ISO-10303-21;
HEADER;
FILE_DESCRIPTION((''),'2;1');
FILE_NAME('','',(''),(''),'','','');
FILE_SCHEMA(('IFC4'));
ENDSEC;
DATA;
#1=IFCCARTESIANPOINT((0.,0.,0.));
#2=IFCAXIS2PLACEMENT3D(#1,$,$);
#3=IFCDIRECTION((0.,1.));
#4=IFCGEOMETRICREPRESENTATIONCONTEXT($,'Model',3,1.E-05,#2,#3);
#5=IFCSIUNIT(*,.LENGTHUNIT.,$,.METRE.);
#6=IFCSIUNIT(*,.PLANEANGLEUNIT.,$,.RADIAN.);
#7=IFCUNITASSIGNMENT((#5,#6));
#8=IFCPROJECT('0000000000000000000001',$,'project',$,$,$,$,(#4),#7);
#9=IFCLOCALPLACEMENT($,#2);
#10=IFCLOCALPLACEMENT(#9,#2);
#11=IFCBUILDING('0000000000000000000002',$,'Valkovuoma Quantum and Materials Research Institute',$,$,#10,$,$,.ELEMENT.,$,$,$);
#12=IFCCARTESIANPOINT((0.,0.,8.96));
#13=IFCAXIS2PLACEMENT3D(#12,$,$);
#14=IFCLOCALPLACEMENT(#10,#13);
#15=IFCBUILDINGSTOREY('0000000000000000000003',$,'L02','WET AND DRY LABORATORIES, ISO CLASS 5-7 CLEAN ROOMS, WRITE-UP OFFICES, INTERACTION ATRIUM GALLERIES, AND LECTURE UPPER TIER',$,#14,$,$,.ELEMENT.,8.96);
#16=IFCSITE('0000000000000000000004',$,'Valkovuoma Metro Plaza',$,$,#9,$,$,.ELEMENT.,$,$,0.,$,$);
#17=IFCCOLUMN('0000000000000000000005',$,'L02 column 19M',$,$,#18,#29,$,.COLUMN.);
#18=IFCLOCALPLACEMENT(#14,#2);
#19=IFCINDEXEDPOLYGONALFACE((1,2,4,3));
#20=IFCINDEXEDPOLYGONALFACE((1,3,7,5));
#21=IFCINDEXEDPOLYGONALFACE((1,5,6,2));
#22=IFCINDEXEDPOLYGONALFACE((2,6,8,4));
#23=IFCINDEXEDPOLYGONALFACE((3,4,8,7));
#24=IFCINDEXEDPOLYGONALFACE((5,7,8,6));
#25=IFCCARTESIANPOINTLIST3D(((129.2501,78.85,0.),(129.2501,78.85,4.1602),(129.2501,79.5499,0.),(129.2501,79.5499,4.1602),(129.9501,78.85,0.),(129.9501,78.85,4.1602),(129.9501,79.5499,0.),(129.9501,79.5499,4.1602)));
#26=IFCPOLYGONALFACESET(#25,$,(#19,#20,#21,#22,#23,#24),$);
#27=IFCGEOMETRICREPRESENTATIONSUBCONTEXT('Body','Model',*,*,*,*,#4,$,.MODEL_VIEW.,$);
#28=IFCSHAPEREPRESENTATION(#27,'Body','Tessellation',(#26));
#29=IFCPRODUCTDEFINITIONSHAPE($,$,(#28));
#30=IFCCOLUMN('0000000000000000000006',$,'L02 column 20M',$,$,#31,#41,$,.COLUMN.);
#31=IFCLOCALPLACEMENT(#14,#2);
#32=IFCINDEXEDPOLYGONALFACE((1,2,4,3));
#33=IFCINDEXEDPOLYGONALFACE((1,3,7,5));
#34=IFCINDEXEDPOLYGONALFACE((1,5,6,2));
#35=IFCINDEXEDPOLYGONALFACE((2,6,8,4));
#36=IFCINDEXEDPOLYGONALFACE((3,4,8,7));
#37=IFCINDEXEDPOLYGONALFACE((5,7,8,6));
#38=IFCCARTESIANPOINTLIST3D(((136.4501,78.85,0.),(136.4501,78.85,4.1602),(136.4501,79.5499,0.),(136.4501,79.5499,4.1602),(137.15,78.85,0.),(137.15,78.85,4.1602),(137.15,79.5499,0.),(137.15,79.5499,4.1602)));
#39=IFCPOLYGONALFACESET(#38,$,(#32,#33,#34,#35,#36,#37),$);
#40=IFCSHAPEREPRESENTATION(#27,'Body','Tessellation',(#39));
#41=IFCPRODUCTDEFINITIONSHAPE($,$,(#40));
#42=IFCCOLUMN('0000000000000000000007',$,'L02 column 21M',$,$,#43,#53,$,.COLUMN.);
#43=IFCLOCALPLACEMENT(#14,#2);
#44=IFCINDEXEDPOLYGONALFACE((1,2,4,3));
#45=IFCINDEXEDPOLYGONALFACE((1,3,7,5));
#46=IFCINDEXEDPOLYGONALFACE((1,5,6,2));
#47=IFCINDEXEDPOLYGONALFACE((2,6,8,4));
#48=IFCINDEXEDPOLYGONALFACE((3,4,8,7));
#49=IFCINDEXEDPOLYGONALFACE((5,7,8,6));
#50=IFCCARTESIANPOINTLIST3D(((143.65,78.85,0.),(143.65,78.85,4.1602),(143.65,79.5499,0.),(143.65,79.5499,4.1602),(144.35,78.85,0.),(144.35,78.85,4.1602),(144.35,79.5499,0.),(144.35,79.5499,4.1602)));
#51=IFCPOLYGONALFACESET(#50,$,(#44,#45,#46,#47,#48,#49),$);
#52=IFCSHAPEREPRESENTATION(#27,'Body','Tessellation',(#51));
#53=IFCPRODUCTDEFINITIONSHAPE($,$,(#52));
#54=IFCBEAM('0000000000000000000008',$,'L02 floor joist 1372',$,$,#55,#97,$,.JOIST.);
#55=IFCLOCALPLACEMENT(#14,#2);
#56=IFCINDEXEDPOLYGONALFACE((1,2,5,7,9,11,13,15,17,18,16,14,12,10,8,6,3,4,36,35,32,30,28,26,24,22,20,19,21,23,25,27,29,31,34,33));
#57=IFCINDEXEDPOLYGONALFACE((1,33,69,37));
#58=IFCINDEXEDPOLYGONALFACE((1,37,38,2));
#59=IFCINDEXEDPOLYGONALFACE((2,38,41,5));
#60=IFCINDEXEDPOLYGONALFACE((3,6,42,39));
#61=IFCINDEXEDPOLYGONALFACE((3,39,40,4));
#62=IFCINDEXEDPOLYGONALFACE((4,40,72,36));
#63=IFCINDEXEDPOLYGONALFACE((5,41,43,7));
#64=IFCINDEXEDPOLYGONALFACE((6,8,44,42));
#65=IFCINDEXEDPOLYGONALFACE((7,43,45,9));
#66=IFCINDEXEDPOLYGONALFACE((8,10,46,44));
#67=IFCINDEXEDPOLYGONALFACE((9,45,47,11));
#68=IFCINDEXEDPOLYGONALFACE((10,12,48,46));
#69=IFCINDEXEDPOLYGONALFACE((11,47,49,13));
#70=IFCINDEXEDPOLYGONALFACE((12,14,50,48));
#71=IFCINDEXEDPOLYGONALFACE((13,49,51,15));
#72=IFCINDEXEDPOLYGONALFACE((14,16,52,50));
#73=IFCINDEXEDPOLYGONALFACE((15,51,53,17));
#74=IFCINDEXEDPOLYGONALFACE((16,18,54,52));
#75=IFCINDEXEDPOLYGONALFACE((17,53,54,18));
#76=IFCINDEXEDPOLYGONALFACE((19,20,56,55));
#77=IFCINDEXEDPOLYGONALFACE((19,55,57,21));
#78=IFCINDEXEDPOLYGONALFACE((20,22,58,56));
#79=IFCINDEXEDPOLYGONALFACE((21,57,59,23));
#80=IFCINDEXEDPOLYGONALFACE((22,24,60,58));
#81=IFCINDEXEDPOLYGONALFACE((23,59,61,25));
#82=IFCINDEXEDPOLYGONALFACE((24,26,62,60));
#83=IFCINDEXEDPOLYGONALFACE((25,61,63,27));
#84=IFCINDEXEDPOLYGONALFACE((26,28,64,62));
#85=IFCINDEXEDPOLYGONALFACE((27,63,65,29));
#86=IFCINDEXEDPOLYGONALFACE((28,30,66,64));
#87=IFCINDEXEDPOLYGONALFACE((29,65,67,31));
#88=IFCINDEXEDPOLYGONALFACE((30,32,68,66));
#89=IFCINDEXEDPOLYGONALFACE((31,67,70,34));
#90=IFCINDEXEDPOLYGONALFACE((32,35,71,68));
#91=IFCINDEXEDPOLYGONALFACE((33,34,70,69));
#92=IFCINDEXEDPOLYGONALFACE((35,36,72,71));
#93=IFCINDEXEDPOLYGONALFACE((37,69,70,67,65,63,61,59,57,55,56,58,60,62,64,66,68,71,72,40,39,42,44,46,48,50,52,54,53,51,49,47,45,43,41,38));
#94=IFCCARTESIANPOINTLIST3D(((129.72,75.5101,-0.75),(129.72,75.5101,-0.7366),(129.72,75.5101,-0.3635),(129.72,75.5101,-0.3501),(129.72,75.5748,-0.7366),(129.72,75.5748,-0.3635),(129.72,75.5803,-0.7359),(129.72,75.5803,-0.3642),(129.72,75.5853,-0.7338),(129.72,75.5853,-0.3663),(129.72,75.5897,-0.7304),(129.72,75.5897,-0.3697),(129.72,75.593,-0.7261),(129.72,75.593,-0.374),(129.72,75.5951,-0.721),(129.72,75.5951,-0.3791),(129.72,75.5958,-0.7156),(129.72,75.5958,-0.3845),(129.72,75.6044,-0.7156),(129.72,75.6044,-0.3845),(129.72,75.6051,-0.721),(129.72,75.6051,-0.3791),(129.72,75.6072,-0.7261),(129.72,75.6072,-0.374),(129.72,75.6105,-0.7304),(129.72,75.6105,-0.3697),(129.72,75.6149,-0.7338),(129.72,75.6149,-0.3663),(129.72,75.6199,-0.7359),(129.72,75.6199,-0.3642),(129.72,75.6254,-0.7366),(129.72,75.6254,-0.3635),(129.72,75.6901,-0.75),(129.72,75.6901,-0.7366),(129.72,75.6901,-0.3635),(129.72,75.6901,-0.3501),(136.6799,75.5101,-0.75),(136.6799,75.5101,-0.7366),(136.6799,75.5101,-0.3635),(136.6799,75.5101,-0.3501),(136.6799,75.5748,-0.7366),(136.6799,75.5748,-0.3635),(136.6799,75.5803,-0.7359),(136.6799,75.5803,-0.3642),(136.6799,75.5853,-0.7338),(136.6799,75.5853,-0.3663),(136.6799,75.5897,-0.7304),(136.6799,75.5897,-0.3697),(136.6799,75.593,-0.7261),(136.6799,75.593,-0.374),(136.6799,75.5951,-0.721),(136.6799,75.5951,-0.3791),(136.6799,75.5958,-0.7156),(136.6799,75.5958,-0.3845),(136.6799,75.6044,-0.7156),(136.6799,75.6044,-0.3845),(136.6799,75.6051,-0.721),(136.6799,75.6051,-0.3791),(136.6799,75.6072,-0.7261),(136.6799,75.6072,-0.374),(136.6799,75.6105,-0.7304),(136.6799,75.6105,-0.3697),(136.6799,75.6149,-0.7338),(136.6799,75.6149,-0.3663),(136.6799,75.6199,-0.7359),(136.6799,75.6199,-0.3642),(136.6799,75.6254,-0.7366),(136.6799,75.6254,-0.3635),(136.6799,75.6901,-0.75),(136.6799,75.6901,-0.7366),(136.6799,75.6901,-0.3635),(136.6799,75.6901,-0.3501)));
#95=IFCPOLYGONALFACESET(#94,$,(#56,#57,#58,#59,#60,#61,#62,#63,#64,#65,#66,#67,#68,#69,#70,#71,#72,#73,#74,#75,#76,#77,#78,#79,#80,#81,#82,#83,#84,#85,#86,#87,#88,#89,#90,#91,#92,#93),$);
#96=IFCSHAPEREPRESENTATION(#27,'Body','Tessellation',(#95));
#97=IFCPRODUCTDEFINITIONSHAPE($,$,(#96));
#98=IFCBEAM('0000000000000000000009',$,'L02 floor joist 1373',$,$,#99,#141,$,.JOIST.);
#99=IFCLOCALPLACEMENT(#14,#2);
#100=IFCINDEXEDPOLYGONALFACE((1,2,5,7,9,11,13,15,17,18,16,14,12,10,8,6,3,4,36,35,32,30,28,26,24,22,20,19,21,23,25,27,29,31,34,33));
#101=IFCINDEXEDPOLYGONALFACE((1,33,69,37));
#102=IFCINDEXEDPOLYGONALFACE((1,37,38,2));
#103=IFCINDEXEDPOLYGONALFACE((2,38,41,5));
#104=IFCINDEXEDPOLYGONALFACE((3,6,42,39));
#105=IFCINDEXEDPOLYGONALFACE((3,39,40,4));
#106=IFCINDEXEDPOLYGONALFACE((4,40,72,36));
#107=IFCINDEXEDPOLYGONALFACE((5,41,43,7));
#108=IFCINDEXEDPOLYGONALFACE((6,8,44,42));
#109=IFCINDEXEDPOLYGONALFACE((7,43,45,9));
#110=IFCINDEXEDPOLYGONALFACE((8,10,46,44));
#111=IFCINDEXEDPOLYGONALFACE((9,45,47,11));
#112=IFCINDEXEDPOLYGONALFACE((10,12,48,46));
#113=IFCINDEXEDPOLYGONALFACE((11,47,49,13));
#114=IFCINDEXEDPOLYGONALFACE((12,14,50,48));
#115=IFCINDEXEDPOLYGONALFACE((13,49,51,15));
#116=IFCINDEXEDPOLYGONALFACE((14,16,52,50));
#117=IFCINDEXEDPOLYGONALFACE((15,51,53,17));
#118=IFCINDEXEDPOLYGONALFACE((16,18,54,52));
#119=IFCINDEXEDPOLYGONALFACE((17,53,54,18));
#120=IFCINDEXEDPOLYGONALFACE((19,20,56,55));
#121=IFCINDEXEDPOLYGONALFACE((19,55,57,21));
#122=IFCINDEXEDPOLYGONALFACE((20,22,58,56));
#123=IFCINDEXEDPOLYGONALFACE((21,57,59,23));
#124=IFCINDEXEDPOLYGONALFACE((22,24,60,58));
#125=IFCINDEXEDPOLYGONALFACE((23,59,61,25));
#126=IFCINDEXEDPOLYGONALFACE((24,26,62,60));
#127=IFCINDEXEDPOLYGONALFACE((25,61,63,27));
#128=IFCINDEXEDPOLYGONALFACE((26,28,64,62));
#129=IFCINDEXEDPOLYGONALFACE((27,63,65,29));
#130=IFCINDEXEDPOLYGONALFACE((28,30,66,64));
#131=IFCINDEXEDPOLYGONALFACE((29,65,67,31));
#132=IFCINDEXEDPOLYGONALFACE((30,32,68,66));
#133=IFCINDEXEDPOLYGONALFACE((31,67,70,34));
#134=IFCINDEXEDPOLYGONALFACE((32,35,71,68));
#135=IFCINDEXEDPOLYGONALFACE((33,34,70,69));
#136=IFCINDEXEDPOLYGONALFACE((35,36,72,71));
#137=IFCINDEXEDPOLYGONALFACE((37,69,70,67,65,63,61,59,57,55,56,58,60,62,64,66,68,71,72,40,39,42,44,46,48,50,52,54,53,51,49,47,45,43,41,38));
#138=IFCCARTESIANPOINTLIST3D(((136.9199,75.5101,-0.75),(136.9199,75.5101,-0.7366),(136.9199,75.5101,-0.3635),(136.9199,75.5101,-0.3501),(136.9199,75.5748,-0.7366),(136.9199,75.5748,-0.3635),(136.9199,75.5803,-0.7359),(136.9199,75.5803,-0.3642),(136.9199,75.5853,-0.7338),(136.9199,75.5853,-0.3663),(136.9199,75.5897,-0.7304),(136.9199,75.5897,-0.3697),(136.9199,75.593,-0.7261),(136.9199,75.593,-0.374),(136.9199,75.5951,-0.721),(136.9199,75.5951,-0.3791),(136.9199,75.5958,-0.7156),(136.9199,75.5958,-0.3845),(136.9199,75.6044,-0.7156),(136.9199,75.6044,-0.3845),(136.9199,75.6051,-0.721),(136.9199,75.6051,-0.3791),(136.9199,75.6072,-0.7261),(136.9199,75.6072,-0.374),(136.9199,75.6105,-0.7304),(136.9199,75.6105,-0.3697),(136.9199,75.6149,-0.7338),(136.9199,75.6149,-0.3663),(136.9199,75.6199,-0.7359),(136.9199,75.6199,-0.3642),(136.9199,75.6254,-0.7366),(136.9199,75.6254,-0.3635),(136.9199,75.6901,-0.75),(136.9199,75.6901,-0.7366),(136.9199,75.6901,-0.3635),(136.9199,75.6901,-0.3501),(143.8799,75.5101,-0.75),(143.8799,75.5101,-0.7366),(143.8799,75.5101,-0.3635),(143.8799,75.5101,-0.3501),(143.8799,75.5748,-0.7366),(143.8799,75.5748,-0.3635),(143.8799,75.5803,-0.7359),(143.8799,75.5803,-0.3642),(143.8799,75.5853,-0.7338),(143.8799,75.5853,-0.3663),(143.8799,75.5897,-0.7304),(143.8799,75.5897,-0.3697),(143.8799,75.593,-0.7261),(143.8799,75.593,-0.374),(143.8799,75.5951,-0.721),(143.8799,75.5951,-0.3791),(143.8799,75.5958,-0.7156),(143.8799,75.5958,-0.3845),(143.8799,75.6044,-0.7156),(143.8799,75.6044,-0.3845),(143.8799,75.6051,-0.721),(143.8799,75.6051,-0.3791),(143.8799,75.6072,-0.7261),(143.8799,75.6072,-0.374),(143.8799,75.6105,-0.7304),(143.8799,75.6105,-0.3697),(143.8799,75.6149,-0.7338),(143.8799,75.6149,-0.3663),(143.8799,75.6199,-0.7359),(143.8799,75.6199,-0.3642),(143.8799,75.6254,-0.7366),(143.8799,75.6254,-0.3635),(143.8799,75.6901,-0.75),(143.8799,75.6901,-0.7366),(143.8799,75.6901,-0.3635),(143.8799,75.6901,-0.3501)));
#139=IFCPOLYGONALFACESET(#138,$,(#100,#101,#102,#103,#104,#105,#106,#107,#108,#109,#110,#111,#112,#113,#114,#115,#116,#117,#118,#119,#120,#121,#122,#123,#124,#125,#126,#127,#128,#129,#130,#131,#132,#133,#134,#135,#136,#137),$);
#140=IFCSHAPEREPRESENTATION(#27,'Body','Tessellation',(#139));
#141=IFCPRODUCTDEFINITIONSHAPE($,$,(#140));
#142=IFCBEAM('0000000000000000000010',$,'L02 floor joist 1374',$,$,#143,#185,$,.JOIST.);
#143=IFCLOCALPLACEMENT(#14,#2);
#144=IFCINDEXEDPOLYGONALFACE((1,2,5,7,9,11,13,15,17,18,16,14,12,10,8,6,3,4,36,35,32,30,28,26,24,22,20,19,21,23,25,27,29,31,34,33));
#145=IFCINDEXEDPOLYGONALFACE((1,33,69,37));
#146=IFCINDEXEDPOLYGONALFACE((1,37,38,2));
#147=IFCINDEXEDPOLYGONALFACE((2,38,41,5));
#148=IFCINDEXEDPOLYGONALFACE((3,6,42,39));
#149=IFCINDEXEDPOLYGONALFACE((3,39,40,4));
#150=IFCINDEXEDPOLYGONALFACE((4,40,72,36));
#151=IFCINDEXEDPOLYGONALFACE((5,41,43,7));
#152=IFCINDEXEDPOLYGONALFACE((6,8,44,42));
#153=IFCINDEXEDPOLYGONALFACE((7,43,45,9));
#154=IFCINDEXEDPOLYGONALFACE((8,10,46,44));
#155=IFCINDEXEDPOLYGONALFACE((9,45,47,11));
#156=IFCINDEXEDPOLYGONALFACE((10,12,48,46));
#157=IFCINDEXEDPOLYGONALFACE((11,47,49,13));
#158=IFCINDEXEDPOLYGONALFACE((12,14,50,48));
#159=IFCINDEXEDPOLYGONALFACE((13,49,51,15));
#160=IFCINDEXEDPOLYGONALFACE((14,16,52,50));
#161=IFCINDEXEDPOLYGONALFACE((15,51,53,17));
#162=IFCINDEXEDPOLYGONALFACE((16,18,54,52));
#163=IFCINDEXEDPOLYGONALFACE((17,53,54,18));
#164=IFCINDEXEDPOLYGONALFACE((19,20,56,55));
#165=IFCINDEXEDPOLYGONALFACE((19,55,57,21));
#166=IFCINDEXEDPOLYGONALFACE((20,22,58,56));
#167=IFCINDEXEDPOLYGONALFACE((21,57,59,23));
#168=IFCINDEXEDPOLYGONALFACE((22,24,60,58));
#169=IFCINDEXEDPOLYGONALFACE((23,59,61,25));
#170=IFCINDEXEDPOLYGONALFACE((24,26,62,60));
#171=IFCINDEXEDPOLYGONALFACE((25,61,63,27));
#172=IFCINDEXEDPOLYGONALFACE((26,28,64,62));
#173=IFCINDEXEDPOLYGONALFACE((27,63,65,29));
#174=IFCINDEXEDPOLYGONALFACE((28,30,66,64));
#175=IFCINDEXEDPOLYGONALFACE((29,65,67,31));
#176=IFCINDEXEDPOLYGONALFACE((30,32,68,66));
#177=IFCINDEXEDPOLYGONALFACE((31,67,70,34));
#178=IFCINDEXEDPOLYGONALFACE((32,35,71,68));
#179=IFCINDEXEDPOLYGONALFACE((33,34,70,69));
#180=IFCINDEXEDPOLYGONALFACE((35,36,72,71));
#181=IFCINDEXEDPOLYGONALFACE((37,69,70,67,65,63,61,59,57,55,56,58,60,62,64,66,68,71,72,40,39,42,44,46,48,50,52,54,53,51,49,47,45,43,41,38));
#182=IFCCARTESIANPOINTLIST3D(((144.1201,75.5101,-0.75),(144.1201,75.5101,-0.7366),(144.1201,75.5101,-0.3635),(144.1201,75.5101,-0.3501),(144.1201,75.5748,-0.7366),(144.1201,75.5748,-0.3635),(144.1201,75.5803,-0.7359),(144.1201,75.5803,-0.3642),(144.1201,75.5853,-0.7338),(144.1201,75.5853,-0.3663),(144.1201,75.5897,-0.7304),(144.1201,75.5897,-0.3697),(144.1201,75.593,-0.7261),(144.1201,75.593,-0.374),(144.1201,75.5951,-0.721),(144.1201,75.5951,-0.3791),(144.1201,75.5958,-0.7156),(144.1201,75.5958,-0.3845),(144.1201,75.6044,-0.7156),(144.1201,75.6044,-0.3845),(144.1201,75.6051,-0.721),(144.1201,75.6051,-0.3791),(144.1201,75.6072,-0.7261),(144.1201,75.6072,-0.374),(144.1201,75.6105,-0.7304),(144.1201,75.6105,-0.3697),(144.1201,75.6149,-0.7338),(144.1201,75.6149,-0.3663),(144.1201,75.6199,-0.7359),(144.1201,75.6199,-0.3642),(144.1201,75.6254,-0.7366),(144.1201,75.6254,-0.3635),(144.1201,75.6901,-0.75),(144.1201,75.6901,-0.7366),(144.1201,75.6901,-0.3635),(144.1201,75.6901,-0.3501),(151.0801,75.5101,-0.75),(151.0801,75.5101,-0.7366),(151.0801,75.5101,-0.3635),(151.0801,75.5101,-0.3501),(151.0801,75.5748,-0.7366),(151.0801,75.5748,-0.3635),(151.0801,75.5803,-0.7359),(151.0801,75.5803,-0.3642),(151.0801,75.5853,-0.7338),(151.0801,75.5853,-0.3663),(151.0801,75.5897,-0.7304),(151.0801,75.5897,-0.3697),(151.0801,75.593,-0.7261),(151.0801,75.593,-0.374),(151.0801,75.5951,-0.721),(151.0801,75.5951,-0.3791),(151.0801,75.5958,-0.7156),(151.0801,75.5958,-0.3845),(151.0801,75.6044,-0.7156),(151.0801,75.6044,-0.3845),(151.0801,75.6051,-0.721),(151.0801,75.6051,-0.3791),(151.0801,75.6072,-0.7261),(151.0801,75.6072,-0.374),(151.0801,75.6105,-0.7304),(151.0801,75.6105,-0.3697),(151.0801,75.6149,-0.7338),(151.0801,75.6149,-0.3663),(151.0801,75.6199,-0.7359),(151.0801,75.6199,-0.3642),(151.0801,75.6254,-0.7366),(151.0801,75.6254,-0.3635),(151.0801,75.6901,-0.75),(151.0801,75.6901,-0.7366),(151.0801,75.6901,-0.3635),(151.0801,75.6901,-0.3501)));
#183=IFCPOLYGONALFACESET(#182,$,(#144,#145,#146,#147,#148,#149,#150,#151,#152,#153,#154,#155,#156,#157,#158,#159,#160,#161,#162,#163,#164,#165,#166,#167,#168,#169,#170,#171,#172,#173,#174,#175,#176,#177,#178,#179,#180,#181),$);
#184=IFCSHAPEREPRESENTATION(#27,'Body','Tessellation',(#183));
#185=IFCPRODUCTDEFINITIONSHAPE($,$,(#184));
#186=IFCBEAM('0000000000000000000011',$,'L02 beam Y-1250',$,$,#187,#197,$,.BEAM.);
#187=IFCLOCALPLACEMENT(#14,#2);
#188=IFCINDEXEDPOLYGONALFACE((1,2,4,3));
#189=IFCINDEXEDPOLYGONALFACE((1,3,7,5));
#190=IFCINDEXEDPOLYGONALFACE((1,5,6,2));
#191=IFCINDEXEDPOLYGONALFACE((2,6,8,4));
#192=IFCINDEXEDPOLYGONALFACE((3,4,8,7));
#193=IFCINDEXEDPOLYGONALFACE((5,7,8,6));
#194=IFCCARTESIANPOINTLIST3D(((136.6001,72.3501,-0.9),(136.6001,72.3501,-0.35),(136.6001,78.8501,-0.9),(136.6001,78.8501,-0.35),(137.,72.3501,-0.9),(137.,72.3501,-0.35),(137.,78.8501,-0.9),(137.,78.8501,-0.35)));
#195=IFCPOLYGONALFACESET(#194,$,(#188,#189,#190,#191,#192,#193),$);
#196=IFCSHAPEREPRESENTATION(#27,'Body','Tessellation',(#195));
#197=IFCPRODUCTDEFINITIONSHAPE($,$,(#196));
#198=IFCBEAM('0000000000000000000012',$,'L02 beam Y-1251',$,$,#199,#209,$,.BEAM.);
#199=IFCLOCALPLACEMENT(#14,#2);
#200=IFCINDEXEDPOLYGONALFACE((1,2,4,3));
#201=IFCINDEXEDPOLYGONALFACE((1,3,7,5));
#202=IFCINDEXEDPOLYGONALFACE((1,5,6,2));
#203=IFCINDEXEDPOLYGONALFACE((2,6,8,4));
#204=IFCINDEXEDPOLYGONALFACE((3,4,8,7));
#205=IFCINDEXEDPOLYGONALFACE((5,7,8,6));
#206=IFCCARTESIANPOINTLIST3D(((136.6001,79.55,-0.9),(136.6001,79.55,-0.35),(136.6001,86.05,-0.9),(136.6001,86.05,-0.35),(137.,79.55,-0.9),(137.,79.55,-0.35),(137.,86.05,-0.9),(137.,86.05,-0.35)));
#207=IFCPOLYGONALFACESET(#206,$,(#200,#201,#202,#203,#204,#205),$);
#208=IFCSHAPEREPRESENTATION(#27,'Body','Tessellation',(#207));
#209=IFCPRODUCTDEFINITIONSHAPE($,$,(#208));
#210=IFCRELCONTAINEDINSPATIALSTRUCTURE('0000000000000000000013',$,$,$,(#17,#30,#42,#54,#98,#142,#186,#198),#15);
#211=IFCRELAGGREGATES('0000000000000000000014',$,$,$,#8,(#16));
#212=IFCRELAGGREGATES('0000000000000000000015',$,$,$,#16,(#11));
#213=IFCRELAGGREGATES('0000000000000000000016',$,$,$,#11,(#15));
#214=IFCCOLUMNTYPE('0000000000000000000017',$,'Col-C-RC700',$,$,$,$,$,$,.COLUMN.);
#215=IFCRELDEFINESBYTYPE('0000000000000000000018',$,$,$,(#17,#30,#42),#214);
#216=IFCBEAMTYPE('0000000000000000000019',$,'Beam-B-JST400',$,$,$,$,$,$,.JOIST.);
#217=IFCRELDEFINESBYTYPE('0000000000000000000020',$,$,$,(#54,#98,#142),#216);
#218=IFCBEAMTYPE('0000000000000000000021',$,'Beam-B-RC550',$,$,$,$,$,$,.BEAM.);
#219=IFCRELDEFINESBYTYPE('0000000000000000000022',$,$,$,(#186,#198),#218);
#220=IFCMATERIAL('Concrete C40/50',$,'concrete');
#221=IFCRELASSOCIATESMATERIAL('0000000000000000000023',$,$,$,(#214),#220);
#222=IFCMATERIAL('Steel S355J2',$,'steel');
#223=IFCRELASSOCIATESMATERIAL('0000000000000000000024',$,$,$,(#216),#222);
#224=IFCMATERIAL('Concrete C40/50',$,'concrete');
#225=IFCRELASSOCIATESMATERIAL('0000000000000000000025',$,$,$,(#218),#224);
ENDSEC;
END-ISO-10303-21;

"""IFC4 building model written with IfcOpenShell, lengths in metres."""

from ifc_helpers import new_model, si_unit, direction, frame, origin, origin_2d, place, context, subcontext, project, spatial, rectangle, i_section, extrude, material, material_profile, profile_set, type_object, element, save


model = new_model("IFC4")

# Units and contexts
model_context = context("Model", 3, precision=1e-05, world=origin(), true_north=direction((0.0, 1.0)))
body_context = subcontext(model_context, "Body", "Model", "MODEL_VIEW")
ifc_project = project(units=[si_unit("LENGTHUNIT", "METRE"), si_unit("PLANEANGLEUNIT", "RADIAN")], contexts=[model_context])

# Site, building, storey
site_placement = place(None, origin())
site = spatial("IfcSite", under=ifc_project, at=site_placement, Name="Valkovuoma Metro Plaza", CompositionType="ELEMENT", RefElevation=0.0)
building_placement = place(site_placement, origin())
building = spatial("IfcBuilding", under=site, at=building_placement, Name="Valkovuoma Quantum and Materials Research Institute", CompositionType="ELEMENT")
storey_placement = place(building_placement, frame((0.0, 0.0, 8.96)))
storey = spatial("IfcBuildingStorey", under=building, at=storey_placement, Name="L02", Description="WET AND DRY LABORATORIES, ISO CLASS 5-7 CLEAN ROOMS, WRITE-UP OFFICES, INTERACTION ATRIUM GALLERIES, AND LECTURE UPPER TIER", CompositionType="ELEMENT", Elevation=8.96)

# Columns
ifc_material_1 = material(Name="Concrete C40/50", Category="concrete")
ifc_material_profile_1 = material_profile(ifc_material_1, rectangle(XDim=0.7, YDim=0.7, at=origin_2d()), Name="Concrete C40/50")
ifc_profile_set_1 = profile_set([ifc_material_profile_1], Name="Concrete C40/50")
column_type = type_object("IfcColumnType", Name="Col-C-RC700", PredefinedType="COLUMN", material=ifc_profile_set_1)
for number, where, z_axis, x_axis, name in (
    (1, (129.6001, 79.2, 0.0), (0.0, 0.0, 1.0), (1.0, 0.0, 0.0), "L02 column 19M"),
    (2, (136.8, 79.2, 0.0), (0.0, 0.0, 1.0), (1.0, 0.0, 0.0), "L02 column 20M"),
    (3, (144.0, 79.2, 0.0), (0.0, 0.0, 1.0), (1.0, 0.0, 0.0), "L02 column 21M"),
):
    element("IfcColumn", number, at=place(storey_placement, frame(where, z_axis=z_axis, x_axis=x_axis)), inside=storey, type_object=column_type, Name=name, PredefinedType="COLUMN", context=body_context, shape_type="SweptSolid", body=[
        extrude(rectangle(XDim=0.7, YDim=0.7, at=origin_2d()), origin(), (0.0, 0.0, 1.0), 4.1602),
    ])

# Beams
ifc_material_2 = material(Name="Steel S355J2", Category="steel")
ifc_material_profile_2 = material_profile(ifc_material_2, i_section(OverallWidth=0.1799, OverallDepth=0.3999, WebThickness=0.0085, FlangeThickness=0.0134, FilletRadius=0.021, at=origin_2d()), Name="Steel S355J2")
ifc_profile_set_2 = profile_set([ifc_material_profile_2], Name="Steel S355J2")
beam_type_1 = type_object("IfcBeamType", Name="Beam-B-JST400", PredefinedType="JOIST", material=ifc_profile_set_2)
for number, where, z_axis, x_axis, name in (
    (4, (129.72, 75.6001, -0.55), (1.0, 0.0, 0.0), (0.0, 1.0, 0.0), "L02 floor joist 1372"),
    (5, (136.9199, 75.6001, -0.55), (1.0, 0.0, 0.0), (0.0, 1.0, 0.0), "L02 floor joist 1373"),
    (6, (144.1201, 75.6001, -0.55), (1.0, 0.0, 0.0), (0.0, 1.0, 0.0), "L02 floor joist 1374"),
):
    element("IfcBeam", number, at=place(storey_placement, frame(where, z_axis=z_axis, x_axis=x_axis)), inside=storey, type_object=beam_type_1, Name=name, PredefinedType="JOIST", context=body_context, shape_type="SweptSolid", body=[
        extrude(i_section(OverallWidth=0.1799, OverallDepth=0.3999, WebThickness=0.0085, FlangeThickness=0.0134, FilletRadius=0.021, at=origin_2d()), origin(), (0.0, 0.0, 1.0), 6.96),
    ])
ifc_material_3 = material(Name="Concrete C40/50", Category="concrete")
ifc_material_profile_3 = material_profile(ifc_material_3, rectangle(XDim=0.3999, YDim=0.55, at=origin_2d()), Name="Concrete C40/50")
ifc_profile_set_3 = profile_set([ifc_material_profile_3], Name="Concrete C40/50")
beam_type_2 = type_object("IfcBeamType", Name="Beam-B-RC550", PredefinedType="BEAM", material=ifc_profile_set_3)
for number, where, z_axis, x_axis, name in (
    (7, (136.8, 72.3501, -0.625), (0.0, 1.0, 0.0), (-1.0, 0.0, 0.0), "L02 beam Y-1250"),
    (8, (136.8, 79.55, -0.625), (0.0, 1.0, 0.0), (-1.0, 0.0, 0.0), "L02 beam Y-1251"),
):
    element("IfcBeam", number, at=place(storey_placement, frame(where, z_axis=z_axis, x_axis=x_axis)), inside=storey, type_object=beam_type_2, Name=name, PredefinedType="BEAM", context=body_context, shape_type="SweptSolid", body=[
        extrude(rectangle(XDim=0.3999, YDim=0.55, at=origin_2d()), origin(), (0.0, 0.0, 1.0), 6.5),
    ])

save(model, "model.ifc")
